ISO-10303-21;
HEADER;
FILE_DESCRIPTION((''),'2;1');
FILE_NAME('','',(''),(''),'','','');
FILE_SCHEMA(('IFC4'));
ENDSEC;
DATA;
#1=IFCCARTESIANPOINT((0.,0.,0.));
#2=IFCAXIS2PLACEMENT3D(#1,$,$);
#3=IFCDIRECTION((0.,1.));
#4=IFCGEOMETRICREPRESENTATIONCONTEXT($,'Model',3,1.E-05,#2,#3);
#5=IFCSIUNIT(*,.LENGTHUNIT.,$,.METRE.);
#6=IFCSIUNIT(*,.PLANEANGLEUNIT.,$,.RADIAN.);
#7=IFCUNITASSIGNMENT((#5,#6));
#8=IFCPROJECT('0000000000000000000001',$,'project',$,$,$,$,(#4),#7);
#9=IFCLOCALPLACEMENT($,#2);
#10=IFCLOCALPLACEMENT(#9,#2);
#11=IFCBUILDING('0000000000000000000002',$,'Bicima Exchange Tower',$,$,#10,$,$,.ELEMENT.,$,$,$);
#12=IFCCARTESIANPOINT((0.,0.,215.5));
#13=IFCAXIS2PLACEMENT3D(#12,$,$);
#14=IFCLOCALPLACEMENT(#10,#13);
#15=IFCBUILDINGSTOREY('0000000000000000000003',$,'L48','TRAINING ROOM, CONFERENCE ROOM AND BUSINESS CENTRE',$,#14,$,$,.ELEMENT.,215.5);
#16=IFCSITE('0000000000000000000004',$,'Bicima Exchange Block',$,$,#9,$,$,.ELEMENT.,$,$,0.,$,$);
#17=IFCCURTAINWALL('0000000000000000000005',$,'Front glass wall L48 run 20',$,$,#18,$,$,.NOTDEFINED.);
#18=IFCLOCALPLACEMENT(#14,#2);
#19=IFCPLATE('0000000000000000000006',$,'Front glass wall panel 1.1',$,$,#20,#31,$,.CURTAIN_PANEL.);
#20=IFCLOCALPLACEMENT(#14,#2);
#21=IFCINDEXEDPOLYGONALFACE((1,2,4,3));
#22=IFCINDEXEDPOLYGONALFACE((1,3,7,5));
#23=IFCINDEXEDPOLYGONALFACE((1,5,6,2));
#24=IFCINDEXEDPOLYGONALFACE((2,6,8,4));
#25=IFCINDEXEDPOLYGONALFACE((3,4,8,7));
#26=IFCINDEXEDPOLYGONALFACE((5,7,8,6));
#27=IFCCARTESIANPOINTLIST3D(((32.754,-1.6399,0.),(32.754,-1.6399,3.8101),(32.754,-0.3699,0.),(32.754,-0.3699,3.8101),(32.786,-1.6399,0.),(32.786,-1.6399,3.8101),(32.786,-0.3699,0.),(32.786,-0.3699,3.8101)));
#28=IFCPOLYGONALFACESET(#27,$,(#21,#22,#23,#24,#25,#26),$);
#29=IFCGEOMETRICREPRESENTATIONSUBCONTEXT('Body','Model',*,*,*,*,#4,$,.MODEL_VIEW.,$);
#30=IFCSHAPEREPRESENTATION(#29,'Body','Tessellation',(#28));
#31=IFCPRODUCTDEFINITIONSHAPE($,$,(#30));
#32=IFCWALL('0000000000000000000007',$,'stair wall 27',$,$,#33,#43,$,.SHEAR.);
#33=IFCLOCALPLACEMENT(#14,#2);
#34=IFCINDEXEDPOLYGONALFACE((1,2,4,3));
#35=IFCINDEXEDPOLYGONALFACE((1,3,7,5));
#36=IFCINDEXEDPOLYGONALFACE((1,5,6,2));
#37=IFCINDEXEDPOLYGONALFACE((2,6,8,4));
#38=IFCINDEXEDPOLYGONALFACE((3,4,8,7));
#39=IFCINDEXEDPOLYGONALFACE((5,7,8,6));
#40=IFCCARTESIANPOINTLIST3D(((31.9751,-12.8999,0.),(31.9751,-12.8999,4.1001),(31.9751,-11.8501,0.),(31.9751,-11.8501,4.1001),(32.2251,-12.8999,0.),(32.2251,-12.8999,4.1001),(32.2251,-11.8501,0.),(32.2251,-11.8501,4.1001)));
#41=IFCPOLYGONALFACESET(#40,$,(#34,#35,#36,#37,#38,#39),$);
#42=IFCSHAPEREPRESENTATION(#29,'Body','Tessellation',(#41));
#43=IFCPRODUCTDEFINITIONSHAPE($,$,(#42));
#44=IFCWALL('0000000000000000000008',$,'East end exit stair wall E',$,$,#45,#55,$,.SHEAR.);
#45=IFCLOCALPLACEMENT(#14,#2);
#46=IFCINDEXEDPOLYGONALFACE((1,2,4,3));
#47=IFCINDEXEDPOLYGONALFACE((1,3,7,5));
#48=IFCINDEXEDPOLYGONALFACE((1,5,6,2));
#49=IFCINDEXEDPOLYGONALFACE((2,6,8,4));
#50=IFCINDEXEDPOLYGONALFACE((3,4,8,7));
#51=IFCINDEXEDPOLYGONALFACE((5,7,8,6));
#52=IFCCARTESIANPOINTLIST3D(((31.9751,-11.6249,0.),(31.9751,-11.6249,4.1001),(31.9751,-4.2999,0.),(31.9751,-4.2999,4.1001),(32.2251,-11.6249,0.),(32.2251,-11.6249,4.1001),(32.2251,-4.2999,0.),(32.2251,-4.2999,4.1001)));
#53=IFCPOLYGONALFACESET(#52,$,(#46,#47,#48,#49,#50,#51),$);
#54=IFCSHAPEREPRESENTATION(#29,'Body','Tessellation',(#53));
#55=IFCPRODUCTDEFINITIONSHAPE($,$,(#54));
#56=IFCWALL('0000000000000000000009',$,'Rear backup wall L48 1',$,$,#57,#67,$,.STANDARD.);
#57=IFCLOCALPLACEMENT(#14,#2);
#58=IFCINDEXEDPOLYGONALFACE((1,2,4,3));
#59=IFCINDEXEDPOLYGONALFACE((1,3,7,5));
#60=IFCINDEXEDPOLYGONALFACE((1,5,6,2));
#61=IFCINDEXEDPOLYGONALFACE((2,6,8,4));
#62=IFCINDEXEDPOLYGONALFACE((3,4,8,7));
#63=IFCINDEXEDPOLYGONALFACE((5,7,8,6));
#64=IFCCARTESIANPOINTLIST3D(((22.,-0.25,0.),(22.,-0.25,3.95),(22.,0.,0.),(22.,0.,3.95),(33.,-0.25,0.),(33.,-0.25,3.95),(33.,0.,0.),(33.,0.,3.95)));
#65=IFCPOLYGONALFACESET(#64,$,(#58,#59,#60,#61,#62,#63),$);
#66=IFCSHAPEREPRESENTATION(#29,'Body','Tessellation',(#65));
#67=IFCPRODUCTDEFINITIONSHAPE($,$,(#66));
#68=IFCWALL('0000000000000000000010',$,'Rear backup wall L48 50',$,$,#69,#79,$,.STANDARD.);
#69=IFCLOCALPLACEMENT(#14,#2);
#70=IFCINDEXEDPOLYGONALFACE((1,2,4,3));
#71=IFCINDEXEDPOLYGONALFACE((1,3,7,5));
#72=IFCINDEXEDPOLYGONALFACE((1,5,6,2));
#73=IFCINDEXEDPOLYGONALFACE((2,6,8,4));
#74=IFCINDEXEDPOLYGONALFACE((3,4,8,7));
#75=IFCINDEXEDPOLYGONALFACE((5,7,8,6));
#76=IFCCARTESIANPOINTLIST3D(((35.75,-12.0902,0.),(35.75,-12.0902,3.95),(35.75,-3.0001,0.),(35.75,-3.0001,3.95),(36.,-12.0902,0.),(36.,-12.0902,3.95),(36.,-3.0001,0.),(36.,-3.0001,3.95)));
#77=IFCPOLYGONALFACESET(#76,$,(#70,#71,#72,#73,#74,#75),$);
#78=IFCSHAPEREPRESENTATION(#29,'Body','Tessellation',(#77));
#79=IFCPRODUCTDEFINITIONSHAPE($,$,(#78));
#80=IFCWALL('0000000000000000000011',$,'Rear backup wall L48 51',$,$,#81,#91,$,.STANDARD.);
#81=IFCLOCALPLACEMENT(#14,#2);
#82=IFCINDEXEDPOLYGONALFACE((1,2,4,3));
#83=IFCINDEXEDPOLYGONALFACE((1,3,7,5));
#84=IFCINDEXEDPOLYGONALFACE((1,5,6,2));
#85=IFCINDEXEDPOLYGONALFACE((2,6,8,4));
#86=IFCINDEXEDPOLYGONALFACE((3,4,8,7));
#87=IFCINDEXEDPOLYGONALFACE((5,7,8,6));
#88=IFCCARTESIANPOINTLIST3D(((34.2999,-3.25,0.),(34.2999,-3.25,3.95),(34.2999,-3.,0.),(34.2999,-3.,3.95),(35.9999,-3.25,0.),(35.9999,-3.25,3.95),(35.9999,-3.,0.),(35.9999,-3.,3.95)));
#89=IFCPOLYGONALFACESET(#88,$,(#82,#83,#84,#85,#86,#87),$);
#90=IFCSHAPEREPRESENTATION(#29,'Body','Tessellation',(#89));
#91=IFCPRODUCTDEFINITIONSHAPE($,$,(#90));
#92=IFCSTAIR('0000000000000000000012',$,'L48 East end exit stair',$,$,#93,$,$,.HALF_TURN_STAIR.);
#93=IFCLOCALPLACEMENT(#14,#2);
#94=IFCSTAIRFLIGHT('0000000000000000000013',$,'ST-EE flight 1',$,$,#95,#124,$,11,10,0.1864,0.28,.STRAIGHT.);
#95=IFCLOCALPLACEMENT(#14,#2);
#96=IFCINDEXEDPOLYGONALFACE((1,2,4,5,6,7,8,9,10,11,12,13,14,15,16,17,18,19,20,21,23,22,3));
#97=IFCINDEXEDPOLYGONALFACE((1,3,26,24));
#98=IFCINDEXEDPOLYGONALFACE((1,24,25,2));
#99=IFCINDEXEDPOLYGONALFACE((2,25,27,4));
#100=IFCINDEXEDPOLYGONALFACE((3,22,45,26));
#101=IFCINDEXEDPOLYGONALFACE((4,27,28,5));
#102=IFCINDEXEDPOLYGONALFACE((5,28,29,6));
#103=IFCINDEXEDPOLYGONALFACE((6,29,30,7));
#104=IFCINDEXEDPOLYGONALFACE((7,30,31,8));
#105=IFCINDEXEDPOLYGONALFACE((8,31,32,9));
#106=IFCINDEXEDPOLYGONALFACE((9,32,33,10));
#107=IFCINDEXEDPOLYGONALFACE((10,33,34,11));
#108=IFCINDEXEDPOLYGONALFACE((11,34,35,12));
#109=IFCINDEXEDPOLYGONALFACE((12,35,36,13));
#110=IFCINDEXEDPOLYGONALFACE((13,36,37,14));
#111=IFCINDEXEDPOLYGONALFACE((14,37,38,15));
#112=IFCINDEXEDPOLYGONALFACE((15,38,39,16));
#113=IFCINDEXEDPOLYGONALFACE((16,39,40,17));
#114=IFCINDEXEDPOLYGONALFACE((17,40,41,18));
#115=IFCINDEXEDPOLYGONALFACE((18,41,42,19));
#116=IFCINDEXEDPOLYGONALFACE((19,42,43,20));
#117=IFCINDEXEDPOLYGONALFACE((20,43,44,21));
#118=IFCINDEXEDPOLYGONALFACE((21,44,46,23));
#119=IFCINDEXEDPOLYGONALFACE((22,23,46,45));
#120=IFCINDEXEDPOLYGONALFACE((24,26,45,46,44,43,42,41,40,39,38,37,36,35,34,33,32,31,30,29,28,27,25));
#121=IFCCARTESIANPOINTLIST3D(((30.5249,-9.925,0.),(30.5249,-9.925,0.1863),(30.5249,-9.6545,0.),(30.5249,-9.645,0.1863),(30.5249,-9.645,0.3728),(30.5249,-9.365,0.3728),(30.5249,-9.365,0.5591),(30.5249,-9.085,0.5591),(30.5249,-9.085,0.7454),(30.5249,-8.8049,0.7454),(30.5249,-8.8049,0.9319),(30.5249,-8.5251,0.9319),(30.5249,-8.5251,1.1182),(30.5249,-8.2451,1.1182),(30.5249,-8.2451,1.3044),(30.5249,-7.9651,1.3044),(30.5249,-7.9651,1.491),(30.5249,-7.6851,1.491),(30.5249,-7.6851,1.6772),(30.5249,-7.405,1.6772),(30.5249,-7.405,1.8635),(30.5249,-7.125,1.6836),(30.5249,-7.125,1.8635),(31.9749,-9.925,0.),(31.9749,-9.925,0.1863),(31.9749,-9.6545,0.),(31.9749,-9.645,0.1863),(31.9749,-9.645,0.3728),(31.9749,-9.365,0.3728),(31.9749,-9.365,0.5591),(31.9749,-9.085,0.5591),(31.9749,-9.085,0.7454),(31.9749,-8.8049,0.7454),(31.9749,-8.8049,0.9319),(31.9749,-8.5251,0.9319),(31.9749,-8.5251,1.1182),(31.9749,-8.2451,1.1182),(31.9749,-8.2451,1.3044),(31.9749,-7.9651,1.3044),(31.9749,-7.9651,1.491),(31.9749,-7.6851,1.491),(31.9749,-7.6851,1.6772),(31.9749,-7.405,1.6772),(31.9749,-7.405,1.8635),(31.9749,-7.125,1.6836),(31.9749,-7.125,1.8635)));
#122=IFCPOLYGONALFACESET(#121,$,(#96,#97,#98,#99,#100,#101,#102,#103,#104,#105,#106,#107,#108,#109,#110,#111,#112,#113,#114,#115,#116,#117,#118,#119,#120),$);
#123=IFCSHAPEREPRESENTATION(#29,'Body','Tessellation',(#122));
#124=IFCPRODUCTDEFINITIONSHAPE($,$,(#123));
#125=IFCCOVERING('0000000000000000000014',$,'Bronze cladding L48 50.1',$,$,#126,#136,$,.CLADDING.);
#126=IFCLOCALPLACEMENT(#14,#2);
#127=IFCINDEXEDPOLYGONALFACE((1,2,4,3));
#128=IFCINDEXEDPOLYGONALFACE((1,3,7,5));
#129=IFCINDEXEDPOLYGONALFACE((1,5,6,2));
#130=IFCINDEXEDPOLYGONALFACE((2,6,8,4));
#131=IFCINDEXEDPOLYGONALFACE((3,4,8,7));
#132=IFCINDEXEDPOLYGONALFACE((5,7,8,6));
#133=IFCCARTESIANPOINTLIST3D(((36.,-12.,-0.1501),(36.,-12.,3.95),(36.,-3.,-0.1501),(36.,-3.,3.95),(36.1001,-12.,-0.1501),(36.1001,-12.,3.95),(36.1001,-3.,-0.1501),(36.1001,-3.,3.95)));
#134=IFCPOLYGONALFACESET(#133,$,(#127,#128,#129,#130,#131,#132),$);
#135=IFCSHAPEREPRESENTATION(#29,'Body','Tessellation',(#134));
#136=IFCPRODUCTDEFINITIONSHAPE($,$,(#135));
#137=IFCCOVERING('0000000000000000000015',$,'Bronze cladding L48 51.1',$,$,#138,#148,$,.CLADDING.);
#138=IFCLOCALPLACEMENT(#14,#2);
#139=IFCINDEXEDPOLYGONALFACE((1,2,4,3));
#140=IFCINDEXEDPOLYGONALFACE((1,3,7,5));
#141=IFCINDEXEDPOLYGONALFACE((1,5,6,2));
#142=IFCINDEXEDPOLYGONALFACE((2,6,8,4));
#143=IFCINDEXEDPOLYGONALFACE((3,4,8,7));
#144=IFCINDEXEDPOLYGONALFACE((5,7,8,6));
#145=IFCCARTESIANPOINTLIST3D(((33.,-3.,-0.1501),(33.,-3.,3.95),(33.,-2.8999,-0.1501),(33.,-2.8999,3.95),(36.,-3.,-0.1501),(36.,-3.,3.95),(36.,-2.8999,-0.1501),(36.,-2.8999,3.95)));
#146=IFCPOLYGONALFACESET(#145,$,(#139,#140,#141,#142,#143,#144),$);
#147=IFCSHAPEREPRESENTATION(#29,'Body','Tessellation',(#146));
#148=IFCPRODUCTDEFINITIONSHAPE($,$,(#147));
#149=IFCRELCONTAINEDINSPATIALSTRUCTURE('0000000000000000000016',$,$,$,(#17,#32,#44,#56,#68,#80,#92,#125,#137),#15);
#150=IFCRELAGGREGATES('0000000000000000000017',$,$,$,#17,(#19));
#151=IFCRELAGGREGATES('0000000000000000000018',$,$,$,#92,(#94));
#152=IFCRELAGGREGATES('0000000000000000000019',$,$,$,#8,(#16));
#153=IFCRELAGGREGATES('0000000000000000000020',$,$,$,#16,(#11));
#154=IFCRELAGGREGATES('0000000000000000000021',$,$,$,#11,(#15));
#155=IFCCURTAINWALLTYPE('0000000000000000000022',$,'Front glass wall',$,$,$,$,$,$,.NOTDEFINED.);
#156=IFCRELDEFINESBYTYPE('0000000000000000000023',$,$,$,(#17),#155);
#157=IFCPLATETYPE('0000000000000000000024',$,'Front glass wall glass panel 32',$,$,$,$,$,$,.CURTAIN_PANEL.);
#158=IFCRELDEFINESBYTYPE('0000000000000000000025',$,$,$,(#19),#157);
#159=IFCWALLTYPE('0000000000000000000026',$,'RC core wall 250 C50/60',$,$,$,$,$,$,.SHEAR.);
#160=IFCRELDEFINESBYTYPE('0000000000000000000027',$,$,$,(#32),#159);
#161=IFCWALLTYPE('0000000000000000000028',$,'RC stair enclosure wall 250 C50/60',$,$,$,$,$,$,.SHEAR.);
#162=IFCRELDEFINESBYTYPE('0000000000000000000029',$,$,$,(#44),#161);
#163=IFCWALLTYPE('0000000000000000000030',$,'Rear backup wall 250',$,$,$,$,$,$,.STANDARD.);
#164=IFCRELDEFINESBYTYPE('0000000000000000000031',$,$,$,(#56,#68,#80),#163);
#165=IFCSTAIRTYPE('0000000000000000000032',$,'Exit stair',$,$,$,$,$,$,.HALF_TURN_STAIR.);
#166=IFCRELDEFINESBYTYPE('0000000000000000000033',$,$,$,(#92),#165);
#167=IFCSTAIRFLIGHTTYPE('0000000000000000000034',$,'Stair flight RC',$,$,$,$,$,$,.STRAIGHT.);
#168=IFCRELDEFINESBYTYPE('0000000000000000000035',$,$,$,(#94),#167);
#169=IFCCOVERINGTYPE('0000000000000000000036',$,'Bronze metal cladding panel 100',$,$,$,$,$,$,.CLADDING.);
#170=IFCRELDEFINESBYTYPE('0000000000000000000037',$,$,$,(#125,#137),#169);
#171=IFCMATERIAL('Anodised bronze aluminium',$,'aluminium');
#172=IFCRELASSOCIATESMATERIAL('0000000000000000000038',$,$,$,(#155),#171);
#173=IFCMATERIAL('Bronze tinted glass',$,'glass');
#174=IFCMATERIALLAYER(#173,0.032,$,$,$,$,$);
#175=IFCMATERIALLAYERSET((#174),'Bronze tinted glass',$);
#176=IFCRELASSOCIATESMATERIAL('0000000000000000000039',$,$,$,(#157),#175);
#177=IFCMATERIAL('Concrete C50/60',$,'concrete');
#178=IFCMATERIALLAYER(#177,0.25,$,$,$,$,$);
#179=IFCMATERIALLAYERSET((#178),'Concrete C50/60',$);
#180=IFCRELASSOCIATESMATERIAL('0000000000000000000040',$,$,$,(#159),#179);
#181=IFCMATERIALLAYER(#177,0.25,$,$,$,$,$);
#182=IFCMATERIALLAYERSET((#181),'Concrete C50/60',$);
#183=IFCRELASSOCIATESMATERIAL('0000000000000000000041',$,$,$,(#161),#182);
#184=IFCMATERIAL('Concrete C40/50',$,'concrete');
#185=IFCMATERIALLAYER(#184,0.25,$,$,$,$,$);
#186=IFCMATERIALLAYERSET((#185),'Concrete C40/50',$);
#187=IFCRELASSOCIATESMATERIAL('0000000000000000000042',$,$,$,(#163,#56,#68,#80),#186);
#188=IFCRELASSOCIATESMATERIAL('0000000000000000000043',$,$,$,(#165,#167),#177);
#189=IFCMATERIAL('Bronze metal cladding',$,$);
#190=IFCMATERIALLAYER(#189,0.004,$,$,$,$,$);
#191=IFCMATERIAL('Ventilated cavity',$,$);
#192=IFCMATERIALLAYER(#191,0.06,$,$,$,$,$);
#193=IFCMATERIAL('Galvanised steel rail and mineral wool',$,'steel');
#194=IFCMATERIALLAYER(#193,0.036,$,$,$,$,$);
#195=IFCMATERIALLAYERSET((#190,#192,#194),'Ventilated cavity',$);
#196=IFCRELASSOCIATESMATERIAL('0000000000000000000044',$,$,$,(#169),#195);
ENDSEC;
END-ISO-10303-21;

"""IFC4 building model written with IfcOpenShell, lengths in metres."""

from ifc_helpers import new_model, si_unit, direction, frame, frame_2d, origin, origin_2d, place, context, subcontext, project, spatial, polyline, rectangle, outline, extrude, material, layer, layer_set, layer_usage, type_object, element, aggregate, save


model = new_model("IFC4")

# Units and contexts
model_context = context("Model", 3, precision=1e-05, world=origin(), true_north=direction((0.0, 1.0)))
body_context = subcontext(model_context, "Body", "Model", "MODEL_VIEW")
ifc_project = project(units=[si_unit("LENGTHUNIT", "METRE"), si_unit("PLANEANGLEUNIT", "RADIAN")], contexts=[model_context])

# Site, building, storey
site_placement = place(None, origin())
site = spatial("IfcSite", under=ifc_project, at=site_placement, Name="Bicima Exchange Block", CompositionType="ELEMENT", RefElevation=0.0)
building_placement = place(site_placement, origin())
building = spatial("IfcBuilding", under=site, at=building_placement, Name="Bicima Exchange Tower", CompositionType="ELEMENT")
storey_placement = place(building_placement, frame((0.0, 0.0, 215.5)))
storey = spatial("IfcBuildingStorey", under=building, at=storey_placement, Name="L48", Description="TRAINING ROOM, CONFERENCE ROOM AND BUSINESS CENTRE", CompositionType="ELEMENT", Elevation=215.5)

# Shared definitions
ifc_material_1 = material(Name="Anodised bronze aluminium", Category="aluminium")

# Curtain wall
curtain_wall_type_1 = type_object("IfcCurtainWallType", Name="Front glass wall", PredefinedType="NOTDEFINED", material=ifc_material_1)
curtain_wall_1_placement = place(storey_placement, origin())
curtain_wall_1 = element("IfcCurtainWall", 1, at=curtain_wall_1_placement, inside=storey, type_object=curtain_wall_type_1, Name="Front glass wall L48 run 20", PredefinedType="NOTDEFINED")

# Plate
ifc_material_2 = material(Name="Bronze tinted glass", Category="glass")
ifc_layer_1 = layer(ifc_material_2, 0.032)
ifc_layer_set_1 = layer_set([ifc_layer_1], Name="Bronze tinted glass")
plate_type = type_object("IfcPlateType", Name="Front glass wall glass panel 32", PredefinedType="CURTAIN_PANEL", material=ifc_layer_set_1)
plate_placement = place(storey_placement, frame((32.77, -1.0049, 0.0), z_axis=(0.0, 0.0, 1.0), x_axis=(0.0, 1.0, 0.0)))
plate = element("IfcPlate", 2, at=plate_placement, type_object=plate_type, Name="Front glass wall panel 1.1", PredefinedType="CURTAIN_PANEL", context=body_context, shape_type="SweptSolid", body=[
    extrude(rectangle(XDim=1.27, YDim=0.032, at=origin_2d()), origin(), (0.0, 0.0, 1.0), 3.8101),
])
aggregate(curtain_wall_1, [plate])

# Walls
ifc_material_3 = material(Name="Concrete C50/60", Category="concrete")
ifc_layer_2 = layer(ifc_material_3, 0.25)
ifc_layer_set_2 = layer_set([ifc_layer_2], Name="Concrete C50/60")
wall_type_1 = type_object("IfcWallType", Name="RC core wall 250 C50/60", PredefinedType="SHEAR", material=ifc_layer_set_2)
wall_1_placement = place(storey_placement, frame((32.1001, -12.8999, 0.0), z_axis=(0.0, 0.0, 1.0), x_axis=(0.0, 1.0, 0.0)))
element("IfcWall", 3, at=wall_1_placement, inside=storey, type_object=wall_type_1, Name="stair wall 27", PredefinedType="SHEAR", context=body_context, shape_type="SweptSolid", body=[
    extrude(rectangle(XDim=1.0498, YDim=0.25, at=frame_2d((0.5249, 0.0))), origin(), (0.0, 0.0, 1.0), 4.1001),
])
ifc_layer_3 = layer(ifc_material_3, 0.25)
ifc_layer_set_3 = layer_set([ifc_layer_3], Name="Concrete C50/60")
wall_type_2 = type_object("IfcWallType", Name="RC stair enclosure wall 250 C50/60", PredefinedType="SHEAR", material=ifc_layer_set_3)
wall_2_placement = place(storey_placement, frame((32.1001, -11.625, 0.0), z_axis=(0.0, 0.0, 1.0), x_axis=(0.0, 1.0, 0.0)))
element("IfcWall", 4, at=wall_2_placement, inside=storey, type_object=wall_type_2, Name="East end exit stair wall E", PredefinedType="SHEAR", context=body_context, shape_type="SweptSolid", body=[
    extrude(rectangle(XDim=7.325, YDim=0.25, at=frame_2d((3.6626, 0.0))), origin(), (0.0, 0.0, 1.0), 4.1001),
])
ifc_material_4 = material(Name="Concrete C40/50", Category="concrete")
ifc_layer_4 = layer(ifc_material_4, 0.25)
ifc_layer_set_4 = layer_set([ifc_layer_4], Name="Concrete C40/50")
ifc_layer_usage = layer_usage(ifc_layer_set_4, "AXIS2", "POSITIVE", -0.125)
wall_type_3 = type_object("IfcWallType", Name="Rear backup wall 250", PredefinedType="STANDARD", material=ifc_layer_set_4)
wall_3_placement = place(storey_placement, frame((33.0, -0.125, 0.0), z_axis=(0.0, 0.0, 1.0), x_axis=(-1.0, 0.0, 0.0)))
element("IfcWall", 5, at=wall_3_placement, inside=storey, type_object=wall_type_3, material=ifc_layer_usage, Name="Rear backup wall L48 1", PredefinedType="STANDARD", context=body_context, shape_type="SweptSolid", body=[
    extrude(rectangle(XDim=11.0, YDim=0.25, at=frame_2d((5.5, 0.0))), origin(), (0.0, 0.0, 1.0), 3.95),
])
wall_4_placement = place(storey_placement, frame((35.875, -12.0901, 0.0), z_axis=(0.0, 0.0, 1.0), x_axis=(0.0, 1.0, 0.0)))
element("IfcWall", 6, at=wall_4_placement, inside=storey, type_object=wall_type_3, material=ifc_layer_usage, Name="Rear backup wall L48 50", PredefinedType="STANDARD", context=body_context, shape_type="SweptSolid", body=[
    extrude(rectangle(XDim=9.0901, YDim=0.25, at=frame_2d((4.5449, 0.0))), origin(), (0.0, 0.0, 1.0), 3.95),
])
wall_5_placement = place(storey_placement, frame((36.0, -3.125, 0.0), z_axis=(0.0, 0.0, 1.0), x_axis=(-1.0, 0.0, 0.0)))
element("IfcWall", 7, at=wall_5_placement, inside=storey, type_object=wall_type_3, material=ifc_layer_usage, Name="Rear backup wall L48 51", PredefinedType="STANDARD", context=body_context, shape_type="SweptSolid", body=[
    extrude(rectangle(XDim=1.7, YDim=0.25, at=frame_2d((0.8501, 0.0))), origin(), (0.0, 0.0, 1.0), 3.95),
])

# Stair, stair flight
stair_type = type_object("IfcStairType", Name="Exit stair", PredefinedType="HALF_TURN_STAIR", material=ifc_material_3)
stair_placement = place(storey_placement, origin())
stair = element("IfcStair", 8, at=stair_placement, inside=storey, type_object=stair_type, Name="L48 East end exit stair", PredefinedType="HALF_TURN_STAIR")
stair_flight_type = type_object("IfcStairFlightType", Name="Stair flight RC", PredefinedType="STRAIGHT", material=ifc_material_3)
stair_flight_placement = place(storey_placement, frame((31.25, -9.925, 0.0), z_axis=(0.0, 0.0, 1.0), x_axis=(0.0, 1.0, 0.0)))
stair_flight = element("IfcStairFlight", 9, at=stair_flight_placement, type_object=stair_flight_type, Name="ST-EE flight 1", NumberOfRisers=11, NumberOfTreads=10, PredefinedType="STRAIGHT", RiserHeight=0.1864, TreadLength=0.28, context=body_context, shape_type="SweptSolid", body=[
    extrude(outline(polyline([(0.0, 0.0), (0.0, 0.1863), (0.28, 0.1863), (0.28, 0.3728), (0.5601, 0.3728), (0.5601, 0.5591), (0.8401, 0.5591), (0.8401, 0.7454), (1.1201, 0.7454), (1.1201, 0.9319), (1.3999, 0.9319), (1.3999, 1.1182), (1.6799, 1.1182), (1.6799, 1.3044), (1.96, 1.3044), (1.96, 1.491), (2.24, 1.491), (2.24, 1.6772), (2.52, 1.6772), (2.52, 1.8635), (2.8, 1.8635), (2.8, 2.05), (2.8, 1.6836), (0.2705, 0.0), (0.0, 0.0)])), frame((0.0, 0.7251, 0.0), z_axis=(0.0, -1.0, 0.0), x_axis=(1.0, 0.0, 0.0)), (0.0, 0.0, 1.0), 1.45),
])
aggregate(stair, [stair_flight])

# Coverings
ifc_material_5 = material(Name="Bronze metal cladding")
ifc_layer_5 = layer(ifc_material_5, 0.004)
ifc_material_6 = material(Name="Ventilated cavity")
ifc_layer_6 = layer(ifc_material_6, 0.06)
ifc_material_7 = material(Name="Galvanised steel rail and mineral wool", Category="steel")
ifc_layer_7 = layer(ifc_material_7, 0.036)
ifc_layer_set_5 = layer_set([ifc_layer_5, ifc_layer_6, ifc_layer_7], Name="Ventilated cavity")
covering_type = type_object("IfcCoveringType", Name="Bronze metal cladding panel 100", PredefinedType="CLADDING", material=ifc_layer_set_5)
covering_1_placement = place(storey_placement, frame((36.05, -7.5, -0.1501), z_axis=(0.0, 0.0, 1.0), x_axis=(0.0, 1.0, 0.0)))
element("IfcCovering", 10, at=covering_1_placement, inside=storey, type_object=covering_type, Name="Bronze cladding L48 50.1", PredefinedType="CLADDING", context=body_context, shape_type="SweptSolid", body=[
    extrude(rectangle(XDim=9.0, YDim=0.1001, at=origin_2d()), origin(), (0.0, 0.0, 1.0), 4.1001),
])
covering_2_placement = place(storey_placement, frame((34.5, -2.95, -0.1501), z_axis=(0.0, 0.0, 1.0), x_axis=(-1.0, 0.0, 0.0)))
element("IfcCovering", 11, at=covering_2_placement, inside=storey, type_object=covering_type, Name="Bronze cladding L48 51.1", PredefinedType="CLADDING", context=body_context, shape_type="SweptSolid", body=[
    extrude(rectangle(XDim=3.0, YDim=0.1001, at=origin_2d()), origin(), (0.0, 0.0, 1.0), 4.1001),
])

save(model, "model.ifc")
